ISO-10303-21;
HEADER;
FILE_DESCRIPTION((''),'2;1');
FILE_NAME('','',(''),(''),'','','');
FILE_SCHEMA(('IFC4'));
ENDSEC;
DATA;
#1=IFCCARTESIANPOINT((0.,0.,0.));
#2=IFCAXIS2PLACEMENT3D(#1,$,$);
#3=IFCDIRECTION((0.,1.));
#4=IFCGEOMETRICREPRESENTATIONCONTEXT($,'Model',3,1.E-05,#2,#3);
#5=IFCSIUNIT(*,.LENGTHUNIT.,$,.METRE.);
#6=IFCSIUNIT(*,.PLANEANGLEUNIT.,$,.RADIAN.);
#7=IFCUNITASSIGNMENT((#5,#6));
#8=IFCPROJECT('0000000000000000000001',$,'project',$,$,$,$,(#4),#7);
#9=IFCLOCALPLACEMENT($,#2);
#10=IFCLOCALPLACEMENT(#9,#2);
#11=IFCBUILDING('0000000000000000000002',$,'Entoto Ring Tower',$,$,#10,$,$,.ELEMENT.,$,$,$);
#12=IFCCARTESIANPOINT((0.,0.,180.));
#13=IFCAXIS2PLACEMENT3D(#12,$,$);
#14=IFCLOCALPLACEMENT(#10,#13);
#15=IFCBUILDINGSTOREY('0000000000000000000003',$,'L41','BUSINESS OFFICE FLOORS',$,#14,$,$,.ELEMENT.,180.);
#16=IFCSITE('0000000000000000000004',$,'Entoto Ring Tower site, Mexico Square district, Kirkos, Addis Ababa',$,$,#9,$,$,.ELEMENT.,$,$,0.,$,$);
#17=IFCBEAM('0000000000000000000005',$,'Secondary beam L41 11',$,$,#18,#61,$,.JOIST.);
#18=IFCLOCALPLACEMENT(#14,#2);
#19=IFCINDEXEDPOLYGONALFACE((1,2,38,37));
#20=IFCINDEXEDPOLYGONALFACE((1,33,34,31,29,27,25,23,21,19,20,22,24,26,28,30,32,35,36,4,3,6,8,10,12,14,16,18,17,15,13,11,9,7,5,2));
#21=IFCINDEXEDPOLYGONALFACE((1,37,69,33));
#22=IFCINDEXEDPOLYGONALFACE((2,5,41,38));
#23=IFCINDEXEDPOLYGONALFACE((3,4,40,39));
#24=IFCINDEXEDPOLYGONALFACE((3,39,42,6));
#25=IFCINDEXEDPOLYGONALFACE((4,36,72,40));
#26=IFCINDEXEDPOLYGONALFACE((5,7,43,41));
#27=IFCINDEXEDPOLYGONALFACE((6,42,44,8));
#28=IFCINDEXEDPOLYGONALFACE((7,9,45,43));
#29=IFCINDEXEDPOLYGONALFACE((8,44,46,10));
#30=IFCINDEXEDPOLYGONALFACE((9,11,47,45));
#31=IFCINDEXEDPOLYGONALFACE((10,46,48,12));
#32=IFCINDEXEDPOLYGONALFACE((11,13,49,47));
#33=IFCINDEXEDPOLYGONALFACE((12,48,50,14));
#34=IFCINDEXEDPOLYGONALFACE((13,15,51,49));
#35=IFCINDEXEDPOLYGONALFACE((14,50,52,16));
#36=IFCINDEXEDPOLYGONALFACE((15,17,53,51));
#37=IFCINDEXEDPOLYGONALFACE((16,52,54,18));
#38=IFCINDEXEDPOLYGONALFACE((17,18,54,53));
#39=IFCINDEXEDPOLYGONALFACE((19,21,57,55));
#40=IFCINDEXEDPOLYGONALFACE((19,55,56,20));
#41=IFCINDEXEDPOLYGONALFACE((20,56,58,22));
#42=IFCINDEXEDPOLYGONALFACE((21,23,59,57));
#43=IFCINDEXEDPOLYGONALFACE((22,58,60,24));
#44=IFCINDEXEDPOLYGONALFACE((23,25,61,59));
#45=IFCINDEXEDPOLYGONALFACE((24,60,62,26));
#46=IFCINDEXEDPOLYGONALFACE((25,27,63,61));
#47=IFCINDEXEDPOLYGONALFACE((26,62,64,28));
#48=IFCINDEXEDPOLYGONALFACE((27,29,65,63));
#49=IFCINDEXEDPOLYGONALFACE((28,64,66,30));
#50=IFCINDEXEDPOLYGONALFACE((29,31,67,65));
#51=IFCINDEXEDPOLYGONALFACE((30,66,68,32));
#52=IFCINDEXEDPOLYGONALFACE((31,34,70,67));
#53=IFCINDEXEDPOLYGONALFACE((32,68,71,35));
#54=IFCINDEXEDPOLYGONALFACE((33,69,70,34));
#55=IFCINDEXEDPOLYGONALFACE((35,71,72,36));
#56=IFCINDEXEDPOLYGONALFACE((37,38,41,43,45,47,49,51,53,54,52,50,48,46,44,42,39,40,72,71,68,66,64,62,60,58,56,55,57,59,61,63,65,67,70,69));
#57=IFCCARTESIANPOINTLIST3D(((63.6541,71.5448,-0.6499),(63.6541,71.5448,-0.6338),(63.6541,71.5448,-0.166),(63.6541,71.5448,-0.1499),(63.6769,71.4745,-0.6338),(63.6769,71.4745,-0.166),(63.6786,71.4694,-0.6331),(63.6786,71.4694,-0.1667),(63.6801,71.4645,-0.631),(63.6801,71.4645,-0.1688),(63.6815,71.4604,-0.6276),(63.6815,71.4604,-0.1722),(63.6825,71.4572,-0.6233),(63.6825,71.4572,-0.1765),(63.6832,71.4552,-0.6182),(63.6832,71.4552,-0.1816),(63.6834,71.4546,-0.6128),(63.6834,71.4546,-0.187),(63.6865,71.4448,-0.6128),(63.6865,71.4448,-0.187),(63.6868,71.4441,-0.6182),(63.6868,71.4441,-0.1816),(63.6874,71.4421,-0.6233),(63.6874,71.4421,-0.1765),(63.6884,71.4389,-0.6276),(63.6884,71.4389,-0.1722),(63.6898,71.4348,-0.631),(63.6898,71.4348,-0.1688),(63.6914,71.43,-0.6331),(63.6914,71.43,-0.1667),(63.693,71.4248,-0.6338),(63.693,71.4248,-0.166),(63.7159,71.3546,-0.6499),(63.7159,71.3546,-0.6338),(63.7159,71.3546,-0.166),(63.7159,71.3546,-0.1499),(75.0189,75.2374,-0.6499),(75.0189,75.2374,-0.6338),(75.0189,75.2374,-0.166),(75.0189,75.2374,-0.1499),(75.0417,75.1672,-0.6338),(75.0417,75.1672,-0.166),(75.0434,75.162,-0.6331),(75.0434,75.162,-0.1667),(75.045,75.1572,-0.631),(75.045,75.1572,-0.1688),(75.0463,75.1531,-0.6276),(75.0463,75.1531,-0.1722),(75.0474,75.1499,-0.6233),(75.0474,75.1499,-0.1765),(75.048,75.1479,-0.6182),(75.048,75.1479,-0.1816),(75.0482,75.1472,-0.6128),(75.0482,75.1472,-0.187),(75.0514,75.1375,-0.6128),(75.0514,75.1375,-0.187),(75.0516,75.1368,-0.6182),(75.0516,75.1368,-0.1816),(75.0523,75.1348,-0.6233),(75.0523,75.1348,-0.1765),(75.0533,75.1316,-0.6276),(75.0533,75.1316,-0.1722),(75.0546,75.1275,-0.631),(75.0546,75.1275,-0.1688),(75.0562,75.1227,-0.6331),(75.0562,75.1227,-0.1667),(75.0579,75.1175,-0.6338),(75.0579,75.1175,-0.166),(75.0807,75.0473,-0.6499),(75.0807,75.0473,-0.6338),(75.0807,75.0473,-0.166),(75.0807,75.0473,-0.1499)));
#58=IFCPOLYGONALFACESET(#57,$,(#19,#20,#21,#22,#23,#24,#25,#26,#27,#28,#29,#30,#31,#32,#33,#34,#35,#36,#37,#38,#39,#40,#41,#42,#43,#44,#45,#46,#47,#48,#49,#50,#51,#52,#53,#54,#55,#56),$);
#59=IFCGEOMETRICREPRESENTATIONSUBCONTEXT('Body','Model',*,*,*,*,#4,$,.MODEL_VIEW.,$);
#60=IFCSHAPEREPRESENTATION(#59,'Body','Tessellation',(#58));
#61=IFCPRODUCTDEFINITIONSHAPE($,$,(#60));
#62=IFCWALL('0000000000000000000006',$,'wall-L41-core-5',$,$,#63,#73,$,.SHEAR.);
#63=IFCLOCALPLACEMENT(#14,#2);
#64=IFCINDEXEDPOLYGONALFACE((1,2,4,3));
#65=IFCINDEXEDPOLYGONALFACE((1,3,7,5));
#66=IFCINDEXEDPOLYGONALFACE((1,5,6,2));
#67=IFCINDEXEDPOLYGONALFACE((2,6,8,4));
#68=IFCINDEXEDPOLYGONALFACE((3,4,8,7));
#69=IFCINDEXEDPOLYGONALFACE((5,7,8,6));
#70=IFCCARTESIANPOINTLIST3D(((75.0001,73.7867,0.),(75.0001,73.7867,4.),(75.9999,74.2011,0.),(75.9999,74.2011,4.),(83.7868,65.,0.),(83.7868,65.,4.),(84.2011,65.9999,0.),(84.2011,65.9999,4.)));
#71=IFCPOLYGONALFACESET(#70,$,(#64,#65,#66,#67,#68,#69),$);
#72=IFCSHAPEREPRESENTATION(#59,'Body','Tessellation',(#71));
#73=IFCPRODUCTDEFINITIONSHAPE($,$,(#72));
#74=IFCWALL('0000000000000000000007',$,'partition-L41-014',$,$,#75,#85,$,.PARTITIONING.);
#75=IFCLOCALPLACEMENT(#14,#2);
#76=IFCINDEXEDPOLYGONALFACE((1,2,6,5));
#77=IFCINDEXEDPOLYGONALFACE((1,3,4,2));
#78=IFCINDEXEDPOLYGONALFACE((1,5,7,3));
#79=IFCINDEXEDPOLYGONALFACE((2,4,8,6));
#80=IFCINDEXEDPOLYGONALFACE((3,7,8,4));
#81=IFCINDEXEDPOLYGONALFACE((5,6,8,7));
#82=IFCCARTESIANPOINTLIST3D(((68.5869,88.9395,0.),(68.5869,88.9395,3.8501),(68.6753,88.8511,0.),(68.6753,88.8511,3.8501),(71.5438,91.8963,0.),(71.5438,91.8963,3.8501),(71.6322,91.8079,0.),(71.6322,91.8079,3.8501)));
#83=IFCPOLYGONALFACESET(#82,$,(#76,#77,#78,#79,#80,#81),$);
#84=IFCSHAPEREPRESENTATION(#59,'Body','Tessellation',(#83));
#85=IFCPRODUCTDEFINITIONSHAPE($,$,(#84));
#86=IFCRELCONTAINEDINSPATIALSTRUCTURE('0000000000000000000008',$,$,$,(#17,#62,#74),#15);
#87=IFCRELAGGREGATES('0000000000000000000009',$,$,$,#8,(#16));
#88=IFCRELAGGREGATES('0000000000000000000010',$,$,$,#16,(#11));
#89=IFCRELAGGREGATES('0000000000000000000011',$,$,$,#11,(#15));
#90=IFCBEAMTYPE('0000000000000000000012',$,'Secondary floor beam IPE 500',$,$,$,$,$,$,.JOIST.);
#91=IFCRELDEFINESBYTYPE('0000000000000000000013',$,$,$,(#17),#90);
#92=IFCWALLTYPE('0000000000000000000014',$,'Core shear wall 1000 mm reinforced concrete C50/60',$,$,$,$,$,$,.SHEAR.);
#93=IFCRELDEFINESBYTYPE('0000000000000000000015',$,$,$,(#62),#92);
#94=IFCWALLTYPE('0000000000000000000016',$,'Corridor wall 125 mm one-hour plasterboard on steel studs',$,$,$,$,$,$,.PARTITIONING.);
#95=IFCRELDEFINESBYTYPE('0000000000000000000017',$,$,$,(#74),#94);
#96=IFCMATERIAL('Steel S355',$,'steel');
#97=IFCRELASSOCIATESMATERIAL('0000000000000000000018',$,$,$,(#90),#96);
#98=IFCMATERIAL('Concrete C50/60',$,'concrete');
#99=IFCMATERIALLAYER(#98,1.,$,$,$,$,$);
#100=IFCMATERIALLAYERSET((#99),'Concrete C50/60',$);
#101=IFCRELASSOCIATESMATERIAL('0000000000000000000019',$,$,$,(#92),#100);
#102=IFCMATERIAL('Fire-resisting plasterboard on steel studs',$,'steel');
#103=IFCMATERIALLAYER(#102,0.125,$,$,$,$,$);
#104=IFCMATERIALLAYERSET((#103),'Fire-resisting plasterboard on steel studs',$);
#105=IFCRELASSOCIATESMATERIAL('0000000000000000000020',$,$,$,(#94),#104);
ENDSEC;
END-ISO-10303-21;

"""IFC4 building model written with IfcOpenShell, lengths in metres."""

from ifc_helpers import new_model, si_unit, direction, frame, frame_2d, origin, origin_2d, place, context, subcontext, project, spatial, polyline, rectangle, i_section, outline, extrude, material, layer, layer_set, material_profile, profile_set, type_object, element, save


model = new_model("IFC4")

# Units and contexts
model_context = context("Model", 3, precision=1e-05, world=origin(), true_north=direction((0.0, 1.0)))
body_context = subcontext(model_context, "Body", "Model", "MODEL_VIEW")
ifc_project = project(units=[si_unit("LENGTHUNIT", "METRE"), si_unit("PLANEANGLEUNIT", "RADIAN")], contexts=[model_context])

# Site, building, storey
site_placement = place(None, origin())
site = spatial("IfcSite", under=ifc_project, at=site_placement, Name="Entoto Ring Tower site, Mexico Square district, Kirkos, Addis Ababa", CompositionType="ELEMENT", RefElevation=0.0)
building_placement = place(site_placement, origin())
building = spatial("IfcBuilding", under=site, at=building_placement, Name="Entoto Ring Tower", CompositionType="ELEMENT")
storey_placement = place(building_placement, frame((0.0, 0.0, 180.0)))
storey = spatial("IfcBuildingStorey", under=building, at=storey_placement, Name="L41", Description="BUSINESS OFFICE FLOORS", CompositionType="ELEMENT", Elevation=180.0)

# Beam
ifc_material_1 = material(Name="Steel S355", Category="steel")
ifc_material_profile_1 = material_profile(ifc_material_1, i_section(OverallWidth=0.2, OverallDepth=0.5, WebThickness=0.0103, FlangeThickness=0.0161, FilletRadius=0.021, at=origin_2d()), Name="IPE 500")
ifc_profile_set_1 = profile_set([ifc_material_profile_1], Name="Steel S355")
beam_type_1 = type_object("IfcBeamType", Name="Secondary floor beam IPE 500", PredefinedType="JOIST", material=ifc_profile_set_1)
beam_1_placement = place(storey_placement, frame((75.0498, 75.1423, -0.3999), z_axis=(-0.951057, -0.309017, 0.0), x_axis=(0.309017, -0.951057, 0.0)))
element("IfcBeam", 1, at=beam_1_placement, inside=storey, type_object=beam_type_1, Name="Secondary beam L41 11", PredefinedType="JOIST", context=body_context, shape_type="SweptSolid", body=[
    extrude(i_section(OverallWidth=0.2, OverallDepth=0.5, WebThickness=0.0103, FlangeThickness=0.0161, FilletRadius=0.021, at=origin_2d()), origin(), (0.0, 0.0, 1.0), 11.9497),
])

# Walls
ifc_material_2 = material(Name="Concrete C50/60", Category="concrete")
ifc_layer_1 = layer(ifc_material_2, 1.0)
ifc_layer_set_1 = layer_set([ifc_layer_1], Name="Concrete C50/60")
wall_type_1 = type_object("IfcWallType", Name="Core shear wall 1000 mm reinforced concrete C50/60", PredefinedType="SHEAR", material=ifc_layer_set_1)
wall_1_placement = place(storey_placement, frame((75.5, 73.9939, 0.0), z_axis=(0.0, 0.0, 1.0), x_axis=(0.707107, -0.707107, 0.0)))
element("IfcWall", 2, at=wall_1_placement, inside=storey, type_object=wall_type_1, Name="wall-L41-core-5", PredefinedType="SHEAR", context=body_context, shape_type="SweptSolid", body=[
    extrude(outline(polyline([(-0.207, -0.5), (12.2192, -0.5), (11.8052, 0.5), (0.207, 0.5), (-0.207, -0.5)])), origin(), (0.0, 0.0, 1.0), 4.0),
])
ifc_material_3 = material(Name="Fire-resisting plasterboard on steel studs", Category="steel")
ifc_layer_2 = layer(ifc_material_3, 0.125)
ifc_layer_set_2 = layer_set([ifc_layer_2], Name="Fire-resisting plasterboard on steel studs")
wall_type_2 = type_object("IfcWallType", Name="Corridor wall 125 mm one-hour plasterboard on steel studs", PredefinedType="PARTITIONING", material=ifc_layer_set_2)
wall_2_placement = place(storey_placement, frame((68.6311, 88.8953, 0.0), z_axis=(0.0, 0.0, 1.0), x_axis=(0.707107, 0.707107, 0.0)))
element("IfcWall", 3, at=wall_2_placement, inside=storey, type_object=wall_type_2, Name="partition-L41-014", PredefinedType="PARTITIONING", context=body_context, shape_type="SweptSolid", body=[
    extrude(rectangle(XDim=4.1816, YDim=0.125, at=frame_2d((2.0908, 0.0))), origin(), (0.0, 0.0, 1.0), 3.8501),
])

save(model, "model.ifc")
